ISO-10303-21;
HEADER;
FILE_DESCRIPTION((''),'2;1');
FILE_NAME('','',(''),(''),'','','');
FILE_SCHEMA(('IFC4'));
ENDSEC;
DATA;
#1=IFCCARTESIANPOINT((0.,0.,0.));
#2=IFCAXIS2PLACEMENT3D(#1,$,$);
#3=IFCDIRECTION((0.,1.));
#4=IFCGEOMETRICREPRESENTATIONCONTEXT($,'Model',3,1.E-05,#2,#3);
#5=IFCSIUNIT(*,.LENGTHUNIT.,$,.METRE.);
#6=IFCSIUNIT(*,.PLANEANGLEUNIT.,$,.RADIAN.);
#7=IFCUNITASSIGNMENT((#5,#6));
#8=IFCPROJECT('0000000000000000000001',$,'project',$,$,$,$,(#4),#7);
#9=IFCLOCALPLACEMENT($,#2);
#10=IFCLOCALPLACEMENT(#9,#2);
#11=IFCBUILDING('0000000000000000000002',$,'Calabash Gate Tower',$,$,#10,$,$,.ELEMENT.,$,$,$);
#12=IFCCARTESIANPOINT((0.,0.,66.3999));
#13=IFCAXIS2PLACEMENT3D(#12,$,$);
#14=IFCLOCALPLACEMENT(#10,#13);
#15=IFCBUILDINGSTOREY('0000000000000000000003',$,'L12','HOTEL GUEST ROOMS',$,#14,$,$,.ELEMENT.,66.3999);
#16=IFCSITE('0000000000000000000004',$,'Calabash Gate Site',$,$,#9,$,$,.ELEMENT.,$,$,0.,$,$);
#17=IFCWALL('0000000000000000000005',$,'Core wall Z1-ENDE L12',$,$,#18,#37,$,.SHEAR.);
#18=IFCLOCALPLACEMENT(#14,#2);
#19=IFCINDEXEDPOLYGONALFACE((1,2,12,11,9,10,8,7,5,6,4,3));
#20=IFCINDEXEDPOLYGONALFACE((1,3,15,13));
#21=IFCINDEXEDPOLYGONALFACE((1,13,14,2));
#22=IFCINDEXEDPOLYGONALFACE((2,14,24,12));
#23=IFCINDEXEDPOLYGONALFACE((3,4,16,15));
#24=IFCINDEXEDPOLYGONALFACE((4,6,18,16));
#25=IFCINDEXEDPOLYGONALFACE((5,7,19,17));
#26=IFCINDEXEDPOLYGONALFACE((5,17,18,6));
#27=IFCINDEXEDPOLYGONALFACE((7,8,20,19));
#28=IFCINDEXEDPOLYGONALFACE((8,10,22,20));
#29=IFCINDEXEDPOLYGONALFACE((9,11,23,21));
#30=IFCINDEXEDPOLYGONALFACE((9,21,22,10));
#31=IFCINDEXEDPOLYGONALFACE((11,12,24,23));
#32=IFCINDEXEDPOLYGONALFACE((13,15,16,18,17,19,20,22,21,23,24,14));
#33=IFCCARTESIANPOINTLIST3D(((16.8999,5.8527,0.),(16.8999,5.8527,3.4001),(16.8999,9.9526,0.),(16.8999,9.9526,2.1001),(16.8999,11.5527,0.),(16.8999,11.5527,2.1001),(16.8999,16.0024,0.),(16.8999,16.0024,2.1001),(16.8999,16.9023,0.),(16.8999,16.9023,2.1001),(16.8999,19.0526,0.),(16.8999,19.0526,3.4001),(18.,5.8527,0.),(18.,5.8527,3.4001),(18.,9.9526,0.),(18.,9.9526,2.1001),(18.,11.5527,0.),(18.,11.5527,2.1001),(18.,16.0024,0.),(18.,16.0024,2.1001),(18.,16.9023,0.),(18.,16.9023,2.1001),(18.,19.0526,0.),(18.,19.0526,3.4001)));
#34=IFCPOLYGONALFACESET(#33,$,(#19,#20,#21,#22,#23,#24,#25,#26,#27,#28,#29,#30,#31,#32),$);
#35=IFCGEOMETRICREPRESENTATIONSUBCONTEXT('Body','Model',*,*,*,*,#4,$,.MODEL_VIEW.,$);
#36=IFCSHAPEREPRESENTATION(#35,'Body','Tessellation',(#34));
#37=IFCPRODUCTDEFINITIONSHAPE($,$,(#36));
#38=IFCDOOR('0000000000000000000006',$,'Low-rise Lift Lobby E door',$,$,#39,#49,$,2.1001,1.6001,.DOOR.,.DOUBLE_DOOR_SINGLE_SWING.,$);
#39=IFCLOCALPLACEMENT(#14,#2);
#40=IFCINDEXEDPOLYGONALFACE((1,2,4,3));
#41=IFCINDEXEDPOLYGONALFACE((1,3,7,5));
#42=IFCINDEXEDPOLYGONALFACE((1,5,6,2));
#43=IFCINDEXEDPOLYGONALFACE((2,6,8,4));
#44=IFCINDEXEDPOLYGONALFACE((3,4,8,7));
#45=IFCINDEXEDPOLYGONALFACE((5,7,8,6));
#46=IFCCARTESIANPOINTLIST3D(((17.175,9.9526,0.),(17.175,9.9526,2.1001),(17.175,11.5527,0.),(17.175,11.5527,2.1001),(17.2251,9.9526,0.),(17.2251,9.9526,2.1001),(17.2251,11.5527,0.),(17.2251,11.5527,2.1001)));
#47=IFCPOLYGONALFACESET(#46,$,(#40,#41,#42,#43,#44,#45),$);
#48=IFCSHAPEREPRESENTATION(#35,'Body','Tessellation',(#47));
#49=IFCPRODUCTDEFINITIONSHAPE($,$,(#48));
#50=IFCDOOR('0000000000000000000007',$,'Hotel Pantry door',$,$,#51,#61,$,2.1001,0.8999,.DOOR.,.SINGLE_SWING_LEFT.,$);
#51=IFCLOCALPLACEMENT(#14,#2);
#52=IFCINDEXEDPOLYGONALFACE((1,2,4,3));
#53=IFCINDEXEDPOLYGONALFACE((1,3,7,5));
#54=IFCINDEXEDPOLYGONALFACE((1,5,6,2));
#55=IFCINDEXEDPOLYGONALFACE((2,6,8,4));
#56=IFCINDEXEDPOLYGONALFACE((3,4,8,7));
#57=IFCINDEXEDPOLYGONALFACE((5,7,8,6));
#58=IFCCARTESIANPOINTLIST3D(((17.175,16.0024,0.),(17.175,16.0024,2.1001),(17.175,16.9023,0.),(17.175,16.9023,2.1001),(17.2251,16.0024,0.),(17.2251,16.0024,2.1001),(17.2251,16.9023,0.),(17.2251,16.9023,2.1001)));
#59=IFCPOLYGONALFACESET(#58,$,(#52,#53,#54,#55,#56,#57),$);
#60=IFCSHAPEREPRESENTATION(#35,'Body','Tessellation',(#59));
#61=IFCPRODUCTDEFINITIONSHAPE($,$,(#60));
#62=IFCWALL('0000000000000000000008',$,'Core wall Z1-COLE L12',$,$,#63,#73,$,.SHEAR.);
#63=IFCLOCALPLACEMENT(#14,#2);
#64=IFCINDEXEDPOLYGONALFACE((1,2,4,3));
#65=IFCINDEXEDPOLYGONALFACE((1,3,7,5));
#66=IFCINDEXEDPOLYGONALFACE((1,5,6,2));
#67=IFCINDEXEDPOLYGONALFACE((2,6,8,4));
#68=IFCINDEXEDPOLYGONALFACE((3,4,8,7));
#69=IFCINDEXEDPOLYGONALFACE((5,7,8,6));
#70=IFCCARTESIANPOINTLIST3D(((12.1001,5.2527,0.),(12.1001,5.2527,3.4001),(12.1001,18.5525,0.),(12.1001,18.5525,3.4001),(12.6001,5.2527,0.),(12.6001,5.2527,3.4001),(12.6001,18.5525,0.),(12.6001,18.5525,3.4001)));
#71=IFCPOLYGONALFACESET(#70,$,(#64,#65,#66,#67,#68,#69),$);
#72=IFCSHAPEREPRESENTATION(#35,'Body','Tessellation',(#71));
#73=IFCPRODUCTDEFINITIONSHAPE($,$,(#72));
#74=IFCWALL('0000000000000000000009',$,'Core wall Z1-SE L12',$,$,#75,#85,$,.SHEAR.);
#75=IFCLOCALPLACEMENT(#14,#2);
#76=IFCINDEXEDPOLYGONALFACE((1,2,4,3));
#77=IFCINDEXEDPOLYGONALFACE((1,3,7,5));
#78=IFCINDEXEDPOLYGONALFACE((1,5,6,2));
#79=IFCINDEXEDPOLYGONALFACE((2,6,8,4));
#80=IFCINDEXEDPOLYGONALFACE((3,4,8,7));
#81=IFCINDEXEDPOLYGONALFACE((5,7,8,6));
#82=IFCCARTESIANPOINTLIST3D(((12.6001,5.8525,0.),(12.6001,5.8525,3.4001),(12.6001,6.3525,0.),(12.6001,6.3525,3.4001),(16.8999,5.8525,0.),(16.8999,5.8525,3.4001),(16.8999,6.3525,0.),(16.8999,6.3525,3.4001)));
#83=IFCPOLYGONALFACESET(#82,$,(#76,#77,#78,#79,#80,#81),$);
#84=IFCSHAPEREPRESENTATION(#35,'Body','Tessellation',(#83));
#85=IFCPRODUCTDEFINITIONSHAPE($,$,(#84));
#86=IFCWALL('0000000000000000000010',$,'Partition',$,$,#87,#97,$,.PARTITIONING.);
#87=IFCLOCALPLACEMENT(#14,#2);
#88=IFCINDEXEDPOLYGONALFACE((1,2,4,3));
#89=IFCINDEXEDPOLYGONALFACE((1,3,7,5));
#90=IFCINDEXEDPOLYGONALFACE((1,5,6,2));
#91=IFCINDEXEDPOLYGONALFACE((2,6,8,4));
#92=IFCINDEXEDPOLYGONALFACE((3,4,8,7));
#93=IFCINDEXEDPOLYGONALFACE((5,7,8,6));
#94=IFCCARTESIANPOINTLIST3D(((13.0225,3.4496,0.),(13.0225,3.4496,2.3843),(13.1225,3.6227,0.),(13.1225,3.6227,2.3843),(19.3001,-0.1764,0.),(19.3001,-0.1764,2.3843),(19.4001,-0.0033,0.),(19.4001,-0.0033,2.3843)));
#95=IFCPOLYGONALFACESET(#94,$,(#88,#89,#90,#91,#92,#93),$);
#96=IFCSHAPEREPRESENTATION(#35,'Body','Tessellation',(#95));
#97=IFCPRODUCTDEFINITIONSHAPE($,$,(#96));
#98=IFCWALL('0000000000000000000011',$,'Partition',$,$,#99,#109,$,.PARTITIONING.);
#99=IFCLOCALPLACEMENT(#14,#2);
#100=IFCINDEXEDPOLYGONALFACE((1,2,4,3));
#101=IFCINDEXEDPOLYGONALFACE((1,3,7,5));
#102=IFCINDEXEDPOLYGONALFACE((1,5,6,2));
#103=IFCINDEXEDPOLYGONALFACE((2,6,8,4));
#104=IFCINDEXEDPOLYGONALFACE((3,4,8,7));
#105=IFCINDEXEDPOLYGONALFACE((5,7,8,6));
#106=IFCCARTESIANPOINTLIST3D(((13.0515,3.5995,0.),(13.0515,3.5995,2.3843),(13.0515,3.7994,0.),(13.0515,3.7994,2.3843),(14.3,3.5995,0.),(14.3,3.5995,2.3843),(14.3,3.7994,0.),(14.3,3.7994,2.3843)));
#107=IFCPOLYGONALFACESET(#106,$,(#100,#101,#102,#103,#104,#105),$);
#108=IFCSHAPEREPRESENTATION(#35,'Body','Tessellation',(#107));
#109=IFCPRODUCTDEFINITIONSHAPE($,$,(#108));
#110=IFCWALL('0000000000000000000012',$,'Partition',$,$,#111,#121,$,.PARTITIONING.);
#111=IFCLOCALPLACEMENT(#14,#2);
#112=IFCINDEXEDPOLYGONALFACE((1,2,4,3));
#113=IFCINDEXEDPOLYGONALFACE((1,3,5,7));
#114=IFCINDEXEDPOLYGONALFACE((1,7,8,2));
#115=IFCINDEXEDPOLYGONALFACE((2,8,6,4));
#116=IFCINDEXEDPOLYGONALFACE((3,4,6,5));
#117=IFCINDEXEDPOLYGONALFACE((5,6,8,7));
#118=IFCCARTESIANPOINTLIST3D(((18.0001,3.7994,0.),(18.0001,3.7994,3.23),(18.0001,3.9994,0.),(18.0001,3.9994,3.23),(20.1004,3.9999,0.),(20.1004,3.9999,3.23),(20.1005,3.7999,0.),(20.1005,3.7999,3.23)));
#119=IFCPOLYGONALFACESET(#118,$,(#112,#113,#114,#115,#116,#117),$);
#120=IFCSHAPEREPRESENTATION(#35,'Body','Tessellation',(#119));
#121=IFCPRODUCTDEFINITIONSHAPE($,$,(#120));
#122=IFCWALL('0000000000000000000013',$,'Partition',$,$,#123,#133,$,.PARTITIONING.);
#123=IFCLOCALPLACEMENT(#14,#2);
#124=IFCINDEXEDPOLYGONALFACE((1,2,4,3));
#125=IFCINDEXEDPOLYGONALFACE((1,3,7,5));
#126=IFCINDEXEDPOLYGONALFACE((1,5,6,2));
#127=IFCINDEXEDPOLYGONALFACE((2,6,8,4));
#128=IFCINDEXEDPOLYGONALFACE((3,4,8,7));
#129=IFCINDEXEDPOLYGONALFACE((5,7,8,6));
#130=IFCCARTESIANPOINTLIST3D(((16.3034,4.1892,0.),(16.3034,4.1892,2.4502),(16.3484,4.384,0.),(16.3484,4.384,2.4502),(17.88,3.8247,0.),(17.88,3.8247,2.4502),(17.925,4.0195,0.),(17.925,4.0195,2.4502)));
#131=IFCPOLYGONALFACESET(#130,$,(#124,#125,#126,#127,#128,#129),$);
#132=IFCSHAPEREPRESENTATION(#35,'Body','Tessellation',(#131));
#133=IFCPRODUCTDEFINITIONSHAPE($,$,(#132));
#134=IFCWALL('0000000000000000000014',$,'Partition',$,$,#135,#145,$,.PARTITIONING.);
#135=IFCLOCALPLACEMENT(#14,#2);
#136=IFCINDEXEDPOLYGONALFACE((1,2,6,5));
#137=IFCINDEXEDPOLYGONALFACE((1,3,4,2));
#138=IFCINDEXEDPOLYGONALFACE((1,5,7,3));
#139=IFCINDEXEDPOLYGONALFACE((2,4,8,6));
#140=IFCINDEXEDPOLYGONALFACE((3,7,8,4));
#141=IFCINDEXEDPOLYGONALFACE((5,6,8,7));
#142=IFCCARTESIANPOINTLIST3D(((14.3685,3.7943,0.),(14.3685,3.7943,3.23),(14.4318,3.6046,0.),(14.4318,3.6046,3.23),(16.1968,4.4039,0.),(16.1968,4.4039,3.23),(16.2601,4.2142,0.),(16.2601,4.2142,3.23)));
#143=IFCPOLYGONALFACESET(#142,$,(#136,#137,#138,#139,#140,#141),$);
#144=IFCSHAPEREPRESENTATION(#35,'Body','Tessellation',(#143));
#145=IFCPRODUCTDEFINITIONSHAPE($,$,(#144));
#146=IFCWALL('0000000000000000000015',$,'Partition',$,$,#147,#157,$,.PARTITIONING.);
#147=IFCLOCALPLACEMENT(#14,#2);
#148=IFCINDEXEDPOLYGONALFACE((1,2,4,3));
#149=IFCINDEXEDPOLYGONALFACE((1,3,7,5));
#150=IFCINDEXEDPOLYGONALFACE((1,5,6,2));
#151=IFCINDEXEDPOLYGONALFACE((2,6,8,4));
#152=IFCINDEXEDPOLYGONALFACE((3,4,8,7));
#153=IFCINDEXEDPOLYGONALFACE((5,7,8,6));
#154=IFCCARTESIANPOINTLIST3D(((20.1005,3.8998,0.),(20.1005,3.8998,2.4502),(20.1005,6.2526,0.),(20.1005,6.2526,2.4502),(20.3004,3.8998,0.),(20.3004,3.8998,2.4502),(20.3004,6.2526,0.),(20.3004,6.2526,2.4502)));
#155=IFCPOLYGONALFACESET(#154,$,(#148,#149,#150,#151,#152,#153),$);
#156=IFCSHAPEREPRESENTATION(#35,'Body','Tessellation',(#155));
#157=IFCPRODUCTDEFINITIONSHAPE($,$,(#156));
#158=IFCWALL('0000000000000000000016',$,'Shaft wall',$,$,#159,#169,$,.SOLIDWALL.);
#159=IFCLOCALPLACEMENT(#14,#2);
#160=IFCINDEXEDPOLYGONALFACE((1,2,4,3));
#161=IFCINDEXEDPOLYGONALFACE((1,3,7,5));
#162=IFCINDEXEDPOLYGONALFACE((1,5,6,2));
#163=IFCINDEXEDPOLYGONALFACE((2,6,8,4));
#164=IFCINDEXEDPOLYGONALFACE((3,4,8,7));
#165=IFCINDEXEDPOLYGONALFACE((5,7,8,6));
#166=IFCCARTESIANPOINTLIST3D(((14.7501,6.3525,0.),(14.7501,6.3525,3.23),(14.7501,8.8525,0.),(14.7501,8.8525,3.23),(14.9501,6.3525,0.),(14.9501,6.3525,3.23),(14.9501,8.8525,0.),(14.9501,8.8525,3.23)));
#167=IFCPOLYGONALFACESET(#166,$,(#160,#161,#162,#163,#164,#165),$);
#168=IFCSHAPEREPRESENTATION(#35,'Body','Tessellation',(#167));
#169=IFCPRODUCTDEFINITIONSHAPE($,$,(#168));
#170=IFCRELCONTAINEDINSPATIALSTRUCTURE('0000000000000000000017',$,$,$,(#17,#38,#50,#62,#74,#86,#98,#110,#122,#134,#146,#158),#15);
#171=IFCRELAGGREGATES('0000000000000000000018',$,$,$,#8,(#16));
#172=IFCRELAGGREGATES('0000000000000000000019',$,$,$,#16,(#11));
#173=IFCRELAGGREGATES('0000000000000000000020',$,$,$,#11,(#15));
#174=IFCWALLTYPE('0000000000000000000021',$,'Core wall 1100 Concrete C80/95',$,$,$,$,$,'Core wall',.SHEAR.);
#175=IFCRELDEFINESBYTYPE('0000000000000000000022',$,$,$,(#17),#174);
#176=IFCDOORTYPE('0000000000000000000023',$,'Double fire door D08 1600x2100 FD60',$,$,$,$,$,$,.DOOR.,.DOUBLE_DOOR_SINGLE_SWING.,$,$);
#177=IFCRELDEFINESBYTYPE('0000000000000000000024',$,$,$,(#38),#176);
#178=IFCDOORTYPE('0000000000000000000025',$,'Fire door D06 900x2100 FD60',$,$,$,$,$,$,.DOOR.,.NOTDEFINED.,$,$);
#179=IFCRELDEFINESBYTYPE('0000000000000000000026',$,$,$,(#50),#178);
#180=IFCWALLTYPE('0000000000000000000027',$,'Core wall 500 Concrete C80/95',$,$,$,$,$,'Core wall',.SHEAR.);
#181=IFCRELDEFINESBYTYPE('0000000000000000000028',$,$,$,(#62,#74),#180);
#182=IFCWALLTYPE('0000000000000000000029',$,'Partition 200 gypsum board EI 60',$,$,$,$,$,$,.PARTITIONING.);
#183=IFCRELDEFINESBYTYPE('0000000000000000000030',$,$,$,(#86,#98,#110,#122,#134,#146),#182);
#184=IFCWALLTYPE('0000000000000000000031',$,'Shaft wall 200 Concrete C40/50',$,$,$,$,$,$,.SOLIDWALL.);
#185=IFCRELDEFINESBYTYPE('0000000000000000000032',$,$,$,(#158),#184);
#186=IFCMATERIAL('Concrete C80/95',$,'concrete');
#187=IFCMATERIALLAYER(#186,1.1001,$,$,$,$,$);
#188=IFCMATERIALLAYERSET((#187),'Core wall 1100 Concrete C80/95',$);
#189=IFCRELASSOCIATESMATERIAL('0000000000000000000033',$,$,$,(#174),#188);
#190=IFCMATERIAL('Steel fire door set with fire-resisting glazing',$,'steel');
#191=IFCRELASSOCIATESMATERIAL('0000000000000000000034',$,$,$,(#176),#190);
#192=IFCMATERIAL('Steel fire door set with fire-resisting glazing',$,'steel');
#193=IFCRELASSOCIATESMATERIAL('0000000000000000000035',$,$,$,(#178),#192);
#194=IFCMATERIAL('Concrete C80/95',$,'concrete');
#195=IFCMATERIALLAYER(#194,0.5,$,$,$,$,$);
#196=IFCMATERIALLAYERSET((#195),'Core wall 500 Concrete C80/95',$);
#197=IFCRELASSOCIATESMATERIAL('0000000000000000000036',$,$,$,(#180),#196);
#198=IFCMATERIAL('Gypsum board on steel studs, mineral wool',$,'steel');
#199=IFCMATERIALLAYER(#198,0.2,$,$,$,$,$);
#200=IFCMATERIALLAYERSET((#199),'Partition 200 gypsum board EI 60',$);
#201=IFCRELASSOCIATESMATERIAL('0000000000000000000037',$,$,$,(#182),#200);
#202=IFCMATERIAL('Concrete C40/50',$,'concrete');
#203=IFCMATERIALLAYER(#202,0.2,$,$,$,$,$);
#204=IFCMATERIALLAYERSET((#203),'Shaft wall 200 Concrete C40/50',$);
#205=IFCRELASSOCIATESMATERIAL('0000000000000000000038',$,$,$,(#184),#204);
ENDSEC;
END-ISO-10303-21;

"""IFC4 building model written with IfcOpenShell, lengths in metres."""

from ifc_helpers import new_model, si_unit, direction, frame, frame_2d, origin, place, context, subcontext, project, spatial, rectangle, extrude, material, layer, layer_set, type_object, element, fill, save


model = new_model("IFC4")

# Units and contexts
model_context = context("Model", 3, precision=1e-05, world=origin(), true_north=direction((0.0, 1.0)))
body_context = subcontext(model_context, "Body", "Model", "MODEL_VIEW")
ifc_project = project(units=[si_unit("LENGTHUNIT", "METRE"), si_unit("PLANEANGLEUNIT", "RADIAN")], contexts=[model_context])

# Site, building, storey
site_placement = place(None, origin())
site = spatial("IfcSite", under=ifc_project, at=site_placement, Name="Calabash Gate Site", CompositionType="ELEMENT", RefElevation=0.0)
building_placement = place(site_placement, origin())
building = spatial("IfcBuilding", under=site, at=building_placement, Name="Calabash Gate Tower", CompositionType="ELEMENT")
storey_placement = place(building_placement, frame((0.0, 0.0, 66.3999)))
storey = spatial("IfcBuildingStorey", under=building, at=storey_placement, Name="L12", Description="HOTEL GUEST ROOMS", CompositionType="ELEMENT", Elevation=66.3999)

# Wall, openings, doors
ifc_material_1 = material(Name="Concrete C80/95", Category="concrete")
ifc_layer_1 = layer(ifc_material_1, 1.1001)
ifc_layer_set_1 = layer_set([ifc_layer_1], Name="Core wall 1100 Concrete C80/95")
wall_type_1 = type_object("IfcWallType", Name="Core wall 1100 Concrete C80/95", ElementType="Core wall", PredefinedType="SHEAR", material=ifc_layer_set_1)
wall_1_placement = place(storey_placement, frame((17.45, 5.8525, 0.0), z_axis=(0.0, 0.0, 1.0), x_axis=(0.0, 1.0, 0.0)))
wall_1 = element("IfcWall", 1, at=wall_1_placement, inside=storey, type_object=wall_type_1, Name="Core wall Z1-ENDE L12", PredefinedType="SHEAR", context=body_context, shape_type="SweptSolid", body=[
    extrude(rectangle(XDim=13.2, YDim=1.1001, at=frame_2d((6.6001, 0.0))), origin(), (0.0, 0.0, 1.0), 3.4001),
])
opening_1_placement = place(wall_1_placement, frame((4.1001, 0.0, 0.0)))
opening_1 = element("IfcOpeningElement", 2, at=opening_1_placement, cuts=wall_1, PredefinedType="OPENING", context=body_context, shape_type="SweptSolid", body=[
    extrude(rectangle(XDim=1.6001, YDim=2.1001, at=frame_2d((0.8, 1.05))), frame((0.0, 0.5601, 0.0), z_axis=(0.0, -1.0, 0.0), x_axis=(1.0, 0.0, 0.0)), (0.0, 0.0, 1.0), 1.1201),
])
opening_2_placement = place(wall_1_placement, frame((10.1499, 0.0, 0.0)))
opening_2 = element("IfcOpeningElement", 3, at=opening_2_placement, cuts=wall_1, PredefinedType="OPENING", context=body_context, shape_type="SweptSolid", body=[
    extrude(rectangle(XDim=0.8999, YDim=2.1001, at=frame_2d((0.45, 1.05))), frame((0.0, 0.5601, 0.0), z_axis=(0.0, -1.0, 0.0), x_axis=(1.0, 0.0, 0.0)), (0.0, 0.0, 1.0), 1.1201),
])
ifc_material_2 = material(Name="Steel fire door set with fire-resisting glazing", Category="steel")
door_type_1 = type_object("IfcDoorType", Name="Double fire door D08 1600x2100 FD60", OperationType="DOUBLE_DOOR_SINGLE_SWING", PredefinedType="DOOR", material=ifc_material_2)
door_1_placement = place(opening_1_placement, origin())
door_1 = element("IfcDoor", 4, at=door_1_placement, inside=storey, type_object=door_type_1, Name="Low-rise Lift Lobby E door", OperationType="DOUBLE_DOOR_SINGLE_SWING", OverallHeight=2.1001, OverallWidth=1.6001, PredefinedType="DOOR", context=body_context, shape_type="SweptSolid", body=[
    extrude(rectangle(XDim=1.6001, YDim=2.1001, at=frame_2d((0.8, 1.05))), frame((0.0, 0.2749, 0.0), z_axis=(0.0, -1.0, 0.0), x_axis=(1.0, 0.0, 0.0)), (0.0, 0.0, 1.0), 0.05),
])
fill(opening_1, door_1)
ifc_material_3 = material(Name="Steel fire door set with fire-resisting glazing", Category="steel")
door_type_2 = type_object("IfcDoorType", Name="Fire door D06 900x2100 FD60", OperationType="NOTDEFINED", PredefinedType="DOOR", material=ifc_material_3)
door_2_placement = place(opening_2_placement, origin())
door_2 = element("IfcDoor", 5, at=door_2_placement, inside=storey, type_object=door_type_2, Name="Hotel Pantry door", OperationType="SINGLE_SWING_LEFT", OverallHeight=2.1001, OverallWidth=0.8999, PredefinedType="DOOR", context=body_context, shape_type="SweptSolid", body=[
    extrude(rectangle(XDim=0.8999, YDim=2.1001, at=frame_2d((0.45, 1.05))), frame((0.0, 0.2749, 0.0), z_axis=(0.0, -1.0, 0.0), x_axis=(1.0, 0.0, 0.0)), (0.0, 0.0, 1.0), 0.05),
])
fill(opening_2, door_2)

# Walls
ifc_material_4 = material(Name="Concrete C80/95", Category="concrete")
ifc_layer_2 = layer(ifc_material_4, 0.5)
ifc_layer_set_2 = layer_set([ifc_layer_2], Name="Core wall 500 Concrete C80/95")
wall_type_2 = type_object("IfcWallType", Name="Core wall 500 Concrete C80/95", ElementType="Core wall", PredefinedType="SHEAR", material=ifc_layer_set_2)
wall_2_placement = place(storey_placement, frame((12.3501, 5.2527, 0.0), z_axis=(0.0, 0.0, 1.0), x_axis=(0.0, 1.0, 0.0)))
element("IfcWall", 6, at=wall_2_placement, inside=storey, type_object=wall_type_2, Name="Core wall Z1-COLE L12", PredefinedType="SHEAR", context=body_context, shape_type="SweptSolid", body=[
    extrude(rectangle(XDim=13.2998, YDim=0.5, at=frame_2d((6.6499, 0.0))), origin(), (0.0, 0.0, 1.0), 3.4001),
])
wall_3_placement = place(storey_placement, frame((12.6001, 6.1025, 0.0), z_axis=(0.0, 0.0, 1.0), x_axis=(1.0, 0.0, 0.0)))
element("IfcWall", 7, at=wall_3_placement, inside=storey, type_object=wall_type_2, Name="Core wall Z1-SE L12", PredefinedType="SHEAR", context=body_context, shape_type="SweptSolid", body=[
    extrude(rectangle(XDim=4.2998, YDim=0.5, at=frame_2d((2.1499, 0.0))), origin(), (0.0, 0.0, 1.0), 3.4001),
])
ifc_material_5 = material(Name="Gypsum board on steel studs, mineral wool", Category="steel")
ifc_layer_3 = layer(ifc_material_5, 0.2)
ifc_layer_set_3 = layer_set([ifc_layer_3], Name="Partition 200 gypsum board EI 60")
wall_type_3 = type_object("IfcWallType", Name="Partition 200 gypsum board EI 60", PredefinedType="PARTITIONING", material=ifc_layer_set_3)
wall_4_placement = place(storey_placement, frame((13.0725, 3.5361, 0.0), z_axis=(0.0, 0.0, 1.0), x_axis=(0.865929, -0.500167, 0.0)))
element("IfcWall", 8, at=wall_4_placement, inside=storey, type_object=wall_type_3, Name="Partition", PredefinedType="PARTITIONING", context=body_context, shape_type="SweptSolid", body=[
    extrude(rectangle(XDim=7.2495, YDim=0.2, at=frame_2d((3.6248, 0.0))), origin(), (0.0, 0.0, 1.0), 2.3843),
])
wall_5_placement = place(storey_placement, frame((13.0515, 3.6995, 0.0), z_axis=(0.0, 0.0, 1.0), x_axis=(1.0, 0.0, 0.0)))
element("IfcWall", 9, at=wall_5_placement, inside=storey, type_object=wall_type_3, Name="Partition", PredefinedType="PARTITIONING", context=body_context, shape_type="SweptSolid", body=[
    extrude(rectangle(XDim=1.2485, YDim=0.2, at=frame_2d((0.6243, 0.0))), origin(), (0.0, 0.0, 1.0), 2.3843),
])
wall_6_placement = place(storey_placement, frame((18.0, 3.8994, 0.0), z_axis=(0.0, 0.0, 1.0), x_axis=(1.0, 0.000232, 0.0)))
element("IfcWall", 10, at=wall_6_placement, inside=storey, type_object=wall_type_3, Name="Partition", PredefinedType="PARTITIONING", context=body_context, shape_type="SweptSolid", body=[
    extrude(rectangle(XDim=2.1003, YDim=0.2, at=frame_2d((1.0503, 0.0))), origin(), (0.0, 0.0, 1.0), 3.23),
])
wall_7_placement = place(storey_placement, frame((16.3259, 4.2866, 0.0), z_axis=(0.0, 0.0, 1.0), x_axis=(0.974302, -0.225245, 0.0)))
element("IfcWall", 11, at=wall_7_placement, inside=storey, type_object=wall_type_3, Name="Partition", PredefinedType="PARTITIONING", context=body_context, shape_type="SweptSolid", body=[
    extrude(rectangle(XDim=1.6182, YDim=0.2, at=frame_2d((0.8091, 0.0))), origin(), (0.0, 0.0, 1.0), 2.4502),
])
wall_8_placement = place(storey_placement, frame((14.4001, 3.6995, 0.0), z_axis=(0.0, 0.0, 1.0), x_axis=(0.948658, 0.316304, 0.0)))
element("IfcWall", 12, at=wall_8_placement, inside=storey, type_object=wall_type_3, Name="Partition", PredefinedType="PARTITIONING", context=body_context, shape_type="SweptSolid", body=[
    extrude(rectangle(XDim=1.9272, YDim=0.2, at=frame_2d((0.9636, 0.0))), origin(), (0.0, 0.0, 1.0), 3.23),
])
wall_9_placement = place(storey_placement, frame((20.2004, 3.8999, 0.0), z_axis=(0.0, 0.0, 1.0), x_axis=(0.0, 1.0, 0.0)))
element("IfcWall", 13, at=wall_9_placement, inside=storey, type_object=wall_type_3, Name="Partition", PredefinedType="PARTITIONING", context=body_context, shape_type="SweptSolid", body=[
    extrude(rectangle(XDim=2.3528, YDim=0.2, at=frame_2d((1.1763, 0.0))), origin(), (0.0, 0.0, 1.0), 2.4502),
])
ifc_material_6 = material(Name="Concrete C40/50", Category="concrete")
ifc_layer_4 = layer(ifc_material_6, 0.2)
ifc_layer_set_4 = layer_set([ifc_layer_4], Name="Shaft wall 200 Concrete C40/50")
wall_type_4 = type_object("IfcWallType", Name="Shaft wall 200 Concrete C40/50", PredefinedType="SOLIDWALL", material=ifc_layer_set_4)
wall_10_placement = place(storey_placement, frame((14.8501, 6.3525, 0.0), z_axis=(0.0, 0.0, 1.0), x_axis=(0.0, 1.0, 0.0)))
element("IfcWall", 14, at=wall_10_placement, inside=storey, type_object=wall_type_4, Name="Shaft wall", PredefinedType="SOLIDWALL", context=body_context, shape_type="SweptSolid", body=[
    extrude(rectangle(XDim=2.5, YDim=0.2, at=frame_2d((1.25, 0.0))), origin(), (0.0, 0.0, 1.0), 3.23),
])

save(model, "model.ifc")
